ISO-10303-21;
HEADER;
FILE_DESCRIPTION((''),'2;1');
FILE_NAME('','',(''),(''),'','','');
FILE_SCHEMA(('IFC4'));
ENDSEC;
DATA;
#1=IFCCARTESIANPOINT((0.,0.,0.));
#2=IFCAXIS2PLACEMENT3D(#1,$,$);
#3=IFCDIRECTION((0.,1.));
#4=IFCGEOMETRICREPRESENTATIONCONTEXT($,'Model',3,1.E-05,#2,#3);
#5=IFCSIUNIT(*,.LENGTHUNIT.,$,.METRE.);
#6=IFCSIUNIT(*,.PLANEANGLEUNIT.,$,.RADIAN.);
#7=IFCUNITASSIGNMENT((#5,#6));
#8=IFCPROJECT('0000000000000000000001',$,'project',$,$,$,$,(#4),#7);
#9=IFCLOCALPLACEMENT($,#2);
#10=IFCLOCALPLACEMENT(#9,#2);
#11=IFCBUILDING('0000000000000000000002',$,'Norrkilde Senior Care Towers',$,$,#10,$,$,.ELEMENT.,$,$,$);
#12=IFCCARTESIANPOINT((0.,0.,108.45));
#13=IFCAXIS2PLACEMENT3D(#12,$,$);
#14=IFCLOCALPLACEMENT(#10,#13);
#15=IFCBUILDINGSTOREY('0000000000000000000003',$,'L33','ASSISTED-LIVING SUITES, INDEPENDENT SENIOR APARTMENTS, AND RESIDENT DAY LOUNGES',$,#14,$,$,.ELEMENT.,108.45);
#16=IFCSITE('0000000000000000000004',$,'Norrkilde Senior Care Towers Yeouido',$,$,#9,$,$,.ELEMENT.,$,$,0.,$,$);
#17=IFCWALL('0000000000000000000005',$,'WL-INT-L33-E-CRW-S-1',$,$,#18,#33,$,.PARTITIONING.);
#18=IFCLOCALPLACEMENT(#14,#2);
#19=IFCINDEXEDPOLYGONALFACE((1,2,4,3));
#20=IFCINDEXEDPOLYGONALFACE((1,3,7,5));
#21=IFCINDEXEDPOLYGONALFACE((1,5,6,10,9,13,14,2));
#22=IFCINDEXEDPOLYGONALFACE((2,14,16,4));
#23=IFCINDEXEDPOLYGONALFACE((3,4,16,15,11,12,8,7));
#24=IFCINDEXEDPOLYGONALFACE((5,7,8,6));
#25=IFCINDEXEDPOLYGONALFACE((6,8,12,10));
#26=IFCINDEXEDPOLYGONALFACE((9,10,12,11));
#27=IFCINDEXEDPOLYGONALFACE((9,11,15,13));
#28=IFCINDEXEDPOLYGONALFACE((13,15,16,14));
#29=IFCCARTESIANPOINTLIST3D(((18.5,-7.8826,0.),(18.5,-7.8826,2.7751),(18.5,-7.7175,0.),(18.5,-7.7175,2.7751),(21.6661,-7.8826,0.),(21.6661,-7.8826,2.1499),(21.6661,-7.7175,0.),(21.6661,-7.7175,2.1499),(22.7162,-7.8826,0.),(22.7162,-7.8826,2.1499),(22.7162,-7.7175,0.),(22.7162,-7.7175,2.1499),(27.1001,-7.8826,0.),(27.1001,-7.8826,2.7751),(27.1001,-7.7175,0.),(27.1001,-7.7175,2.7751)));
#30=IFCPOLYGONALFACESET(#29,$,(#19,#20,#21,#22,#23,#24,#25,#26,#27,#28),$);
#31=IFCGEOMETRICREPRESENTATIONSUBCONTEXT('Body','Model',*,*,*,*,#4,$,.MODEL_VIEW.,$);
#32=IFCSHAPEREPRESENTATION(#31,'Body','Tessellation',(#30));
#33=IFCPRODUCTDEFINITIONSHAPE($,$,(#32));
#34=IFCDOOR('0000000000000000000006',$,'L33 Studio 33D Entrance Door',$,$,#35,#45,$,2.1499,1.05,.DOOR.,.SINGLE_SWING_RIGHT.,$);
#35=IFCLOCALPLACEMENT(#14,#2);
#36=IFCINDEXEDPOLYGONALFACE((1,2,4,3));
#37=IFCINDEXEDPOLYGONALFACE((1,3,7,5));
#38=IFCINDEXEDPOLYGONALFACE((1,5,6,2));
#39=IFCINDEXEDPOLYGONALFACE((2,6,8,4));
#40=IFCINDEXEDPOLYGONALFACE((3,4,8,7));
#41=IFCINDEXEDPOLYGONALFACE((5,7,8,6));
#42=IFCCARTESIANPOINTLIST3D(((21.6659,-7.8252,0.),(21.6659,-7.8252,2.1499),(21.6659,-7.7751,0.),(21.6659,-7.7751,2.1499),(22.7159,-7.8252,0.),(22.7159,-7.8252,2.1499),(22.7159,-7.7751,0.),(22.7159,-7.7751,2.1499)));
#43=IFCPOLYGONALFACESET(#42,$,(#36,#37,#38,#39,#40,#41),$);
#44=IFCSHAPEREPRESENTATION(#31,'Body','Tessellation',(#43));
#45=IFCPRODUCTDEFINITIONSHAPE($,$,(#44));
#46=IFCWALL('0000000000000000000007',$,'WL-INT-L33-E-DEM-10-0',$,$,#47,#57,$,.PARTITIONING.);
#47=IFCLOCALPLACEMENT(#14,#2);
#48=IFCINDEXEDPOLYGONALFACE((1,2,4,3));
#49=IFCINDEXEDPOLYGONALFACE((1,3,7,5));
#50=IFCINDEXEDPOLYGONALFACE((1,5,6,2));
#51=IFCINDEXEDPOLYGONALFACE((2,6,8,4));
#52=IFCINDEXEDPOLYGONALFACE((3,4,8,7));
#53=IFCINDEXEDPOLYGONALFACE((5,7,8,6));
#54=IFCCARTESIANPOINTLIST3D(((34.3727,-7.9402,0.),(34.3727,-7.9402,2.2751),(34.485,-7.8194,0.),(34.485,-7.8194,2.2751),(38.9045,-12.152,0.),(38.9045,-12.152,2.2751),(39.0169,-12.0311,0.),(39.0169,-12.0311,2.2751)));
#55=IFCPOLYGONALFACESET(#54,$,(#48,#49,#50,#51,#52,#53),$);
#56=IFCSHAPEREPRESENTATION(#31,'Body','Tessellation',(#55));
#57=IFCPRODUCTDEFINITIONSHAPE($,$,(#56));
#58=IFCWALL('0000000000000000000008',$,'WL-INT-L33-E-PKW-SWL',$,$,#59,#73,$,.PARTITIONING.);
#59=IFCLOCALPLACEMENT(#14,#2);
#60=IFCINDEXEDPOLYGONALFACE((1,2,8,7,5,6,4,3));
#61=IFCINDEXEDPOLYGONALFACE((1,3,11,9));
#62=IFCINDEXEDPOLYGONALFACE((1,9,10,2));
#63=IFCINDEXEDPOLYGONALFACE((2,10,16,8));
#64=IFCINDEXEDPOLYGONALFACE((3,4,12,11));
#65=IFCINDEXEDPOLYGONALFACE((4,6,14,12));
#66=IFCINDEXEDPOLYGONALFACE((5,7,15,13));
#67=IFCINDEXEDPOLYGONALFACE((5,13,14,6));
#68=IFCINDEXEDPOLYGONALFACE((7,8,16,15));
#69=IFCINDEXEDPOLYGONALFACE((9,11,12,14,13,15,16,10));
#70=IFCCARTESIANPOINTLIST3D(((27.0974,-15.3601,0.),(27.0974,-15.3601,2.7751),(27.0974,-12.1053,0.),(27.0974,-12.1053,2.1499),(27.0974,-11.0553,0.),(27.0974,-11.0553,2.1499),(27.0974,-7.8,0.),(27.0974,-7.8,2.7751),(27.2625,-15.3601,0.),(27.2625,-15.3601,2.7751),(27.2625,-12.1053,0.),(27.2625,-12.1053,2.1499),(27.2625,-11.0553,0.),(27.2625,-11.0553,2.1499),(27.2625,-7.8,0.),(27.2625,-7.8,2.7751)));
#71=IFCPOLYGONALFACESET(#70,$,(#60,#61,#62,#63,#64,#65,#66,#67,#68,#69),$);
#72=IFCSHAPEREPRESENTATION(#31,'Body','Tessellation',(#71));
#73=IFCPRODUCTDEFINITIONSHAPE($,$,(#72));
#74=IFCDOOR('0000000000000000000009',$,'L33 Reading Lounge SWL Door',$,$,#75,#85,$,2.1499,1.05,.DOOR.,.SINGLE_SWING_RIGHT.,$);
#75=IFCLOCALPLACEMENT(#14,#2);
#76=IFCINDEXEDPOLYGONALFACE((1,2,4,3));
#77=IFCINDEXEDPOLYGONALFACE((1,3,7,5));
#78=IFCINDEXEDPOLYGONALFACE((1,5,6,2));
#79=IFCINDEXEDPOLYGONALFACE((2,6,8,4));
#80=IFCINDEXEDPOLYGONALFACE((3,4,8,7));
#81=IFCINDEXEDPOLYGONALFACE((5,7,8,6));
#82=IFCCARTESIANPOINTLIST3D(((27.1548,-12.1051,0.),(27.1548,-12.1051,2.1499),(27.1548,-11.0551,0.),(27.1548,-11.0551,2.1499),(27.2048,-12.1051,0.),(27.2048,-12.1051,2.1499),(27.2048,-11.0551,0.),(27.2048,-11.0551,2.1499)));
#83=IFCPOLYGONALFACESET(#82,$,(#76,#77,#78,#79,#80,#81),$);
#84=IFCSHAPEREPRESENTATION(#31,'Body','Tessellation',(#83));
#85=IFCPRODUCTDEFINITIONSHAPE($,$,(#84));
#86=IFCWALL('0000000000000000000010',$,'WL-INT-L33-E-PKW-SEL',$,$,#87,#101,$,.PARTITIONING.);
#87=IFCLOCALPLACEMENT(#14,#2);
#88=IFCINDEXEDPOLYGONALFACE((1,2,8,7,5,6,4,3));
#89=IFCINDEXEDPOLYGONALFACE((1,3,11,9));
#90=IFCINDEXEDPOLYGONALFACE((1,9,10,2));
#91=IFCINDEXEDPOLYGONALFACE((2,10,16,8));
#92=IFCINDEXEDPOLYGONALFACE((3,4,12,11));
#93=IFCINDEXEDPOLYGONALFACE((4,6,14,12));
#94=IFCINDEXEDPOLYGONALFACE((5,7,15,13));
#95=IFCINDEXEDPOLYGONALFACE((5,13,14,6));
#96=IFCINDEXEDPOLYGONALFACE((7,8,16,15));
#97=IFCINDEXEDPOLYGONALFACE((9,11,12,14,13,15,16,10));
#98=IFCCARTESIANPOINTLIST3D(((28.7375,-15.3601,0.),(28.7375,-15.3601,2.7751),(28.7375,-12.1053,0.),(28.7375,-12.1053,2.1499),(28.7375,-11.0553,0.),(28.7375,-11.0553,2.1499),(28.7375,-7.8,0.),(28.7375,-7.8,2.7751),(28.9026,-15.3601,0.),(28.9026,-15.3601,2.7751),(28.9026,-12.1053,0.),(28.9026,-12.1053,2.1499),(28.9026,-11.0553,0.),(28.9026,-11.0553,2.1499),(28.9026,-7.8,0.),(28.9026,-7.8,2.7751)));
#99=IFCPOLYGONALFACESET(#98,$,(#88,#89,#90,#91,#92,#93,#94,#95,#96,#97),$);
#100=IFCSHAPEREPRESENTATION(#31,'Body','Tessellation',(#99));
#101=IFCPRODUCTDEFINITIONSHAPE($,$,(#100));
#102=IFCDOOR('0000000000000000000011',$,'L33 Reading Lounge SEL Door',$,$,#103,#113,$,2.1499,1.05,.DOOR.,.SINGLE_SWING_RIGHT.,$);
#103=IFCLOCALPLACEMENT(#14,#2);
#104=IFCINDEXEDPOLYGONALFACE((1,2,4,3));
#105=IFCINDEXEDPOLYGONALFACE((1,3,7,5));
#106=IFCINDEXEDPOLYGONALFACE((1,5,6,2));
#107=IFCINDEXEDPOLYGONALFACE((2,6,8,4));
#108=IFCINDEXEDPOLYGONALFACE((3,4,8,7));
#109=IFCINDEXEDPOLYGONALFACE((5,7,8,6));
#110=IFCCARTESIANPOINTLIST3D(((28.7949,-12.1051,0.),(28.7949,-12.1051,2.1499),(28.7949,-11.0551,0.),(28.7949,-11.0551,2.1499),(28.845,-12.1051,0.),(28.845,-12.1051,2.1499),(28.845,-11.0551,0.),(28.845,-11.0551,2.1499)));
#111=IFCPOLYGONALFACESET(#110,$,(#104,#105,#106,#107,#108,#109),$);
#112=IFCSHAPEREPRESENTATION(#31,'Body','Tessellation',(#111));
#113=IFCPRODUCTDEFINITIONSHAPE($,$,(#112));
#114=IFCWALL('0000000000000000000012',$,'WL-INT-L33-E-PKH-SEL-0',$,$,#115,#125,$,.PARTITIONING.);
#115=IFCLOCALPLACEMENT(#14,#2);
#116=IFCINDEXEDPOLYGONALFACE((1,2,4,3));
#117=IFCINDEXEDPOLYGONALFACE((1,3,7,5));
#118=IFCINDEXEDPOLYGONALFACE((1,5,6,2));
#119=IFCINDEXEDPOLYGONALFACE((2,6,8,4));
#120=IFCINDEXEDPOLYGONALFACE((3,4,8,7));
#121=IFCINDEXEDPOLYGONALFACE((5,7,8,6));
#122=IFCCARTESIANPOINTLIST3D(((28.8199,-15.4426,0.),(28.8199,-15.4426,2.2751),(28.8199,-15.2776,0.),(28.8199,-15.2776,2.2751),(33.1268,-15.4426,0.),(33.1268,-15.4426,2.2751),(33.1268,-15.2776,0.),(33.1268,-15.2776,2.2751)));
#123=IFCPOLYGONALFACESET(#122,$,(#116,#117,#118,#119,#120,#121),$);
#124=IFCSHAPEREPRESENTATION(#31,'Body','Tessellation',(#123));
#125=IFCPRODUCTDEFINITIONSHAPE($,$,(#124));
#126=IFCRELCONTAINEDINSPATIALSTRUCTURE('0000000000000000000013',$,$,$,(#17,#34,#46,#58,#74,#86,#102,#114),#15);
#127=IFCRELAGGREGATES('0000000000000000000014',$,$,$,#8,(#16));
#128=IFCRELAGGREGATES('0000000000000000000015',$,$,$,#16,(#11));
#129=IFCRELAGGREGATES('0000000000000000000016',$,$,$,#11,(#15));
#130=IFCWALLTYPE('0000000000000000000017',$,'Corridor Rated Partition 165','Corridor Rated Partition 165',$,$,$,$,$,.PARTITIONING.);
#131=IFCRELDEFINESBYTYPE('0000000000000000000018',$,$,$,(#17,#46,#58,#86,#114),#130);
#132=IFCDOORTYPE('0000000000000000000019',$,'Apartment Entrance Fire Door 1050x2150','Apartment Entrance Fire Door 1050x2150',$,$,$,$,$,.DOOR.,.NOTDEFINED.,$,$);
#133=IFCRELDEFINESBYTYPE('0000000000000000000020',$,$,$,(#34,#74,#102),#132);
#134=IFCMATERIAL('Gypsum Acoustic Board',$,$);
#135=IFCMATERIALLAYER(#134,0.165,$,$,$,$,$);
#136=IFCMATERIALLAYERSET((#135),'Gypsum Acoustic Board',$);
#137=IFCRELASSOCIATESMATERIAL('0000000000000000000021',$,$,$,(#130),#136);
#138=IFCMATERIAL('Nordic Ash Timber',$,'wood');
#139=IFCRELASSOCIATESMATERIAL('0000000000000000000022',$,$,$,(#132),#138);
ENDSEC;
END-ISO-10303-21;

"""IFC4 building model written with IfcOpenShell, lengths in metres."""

from ifc_helpers import new_model, si_unit, direction, frame, frame_2d, origin, place, context, subcontext, project, spatial, rectangle, extrude, source, transform, mapped, material, layer, layer_set, type_object, type_shapes, element, fill, save


model = new_model("IFC4")

# Units and contexts
model_context = context("Model", 3, precision=1e-05, world=origin(), true_north=direction((0.0, 1.0)))
body_context = subcontext(model_context, "Body", "Model", "MODEL_VIEW")
ifc_project = project(units=[si_unit("LENGTHUNIT", "METRE"), si_unit("PLANEANGLEUNIT", "RADIAN")], contexts=[model_context])

# Site, building, storey
site_placement = place(None, origin())
site = spatial("IfcSite", under=ifc_project, at=site_placement, Name="Norrkilde Senior Care Towers Yeouido", CompositionType="ELEMENT", RefElevation=0.0)
building_placement = place(site_placement, origin())
building = spatial("IfcBuilding", under=site, at=building_placement, Name="Norrkilde Senior Care Towers", CompositionType="ELEMENT")
storey_placement = place(building_placement, frame((0.0, 0.0, 108.45)))
storey = spatial("IfcBuildingStorey", under=building, at=storey_placement, Name="L33", Description="ASSISTED-LIVING SUITES, INDEPENDENT SENIOR APARTMENTS, AND RESIDENT DAY LOUNGES", CompositionType="ELEMENT", Elevation=108.45)

# Shared definitions
ifc_material_1 = material(Name="Gypsum Acoustic Board")

# Wall, opening, door
ifc_layer_1 = layer(ifc_material_1, 0.165)
ifc_layer_set_1 = layer_set([ifc_layer_1], Name="Gypsum Acoustic Board")
wall_type_1 = type_object("IfcWallType", Name="Corridor Rated Partition 165", Description="Corridor Rated Partition 165", PredefinedType="PARTITIONING", material=ifc_layer_set_1)
shared_shape_1 = source(origin(), body_context, "Body", "SweptSolid", [
    extrude(rectangle(XDim=8.6001, YDim=0.165, at=frame_2d((4.3, 0.0))), origin(), (0.0, 0.0, 1.0), 2.7751),
])
wall_1_placement = place(storey_placement, frame((27.1001, -7.8, 0.0), z_axis=(0.0, 0.0, 1.0), x_axis=(-1.0, 0.0, 0.0)))
wall_1 = element("IfcWall", 1, at=wall_1_placement, inside=storey, type_object=wall_type_1, Name="WL-INT-L33-E-CRW-S-1", PredefinedType="PARTITIONING", context=body_context, shape_type="MappedRepresentation", body=[
    mapped(shared_shape_1, transform((0.0, 0.0, 0.0), x_axis=(1.0, 0.0, 0.0), y_axis=(0.0, 1.0, 0.0), z_axis=(0.0, 0.0, 1.0), scale=1.0)),
])
opening_1_placement = place(wall_1_placement, frame((4.384, 0.0, 0.0)))
opening_1 = element("IfcOpeningElement", 2, at=opening_1_placement, cuts=wall_1, PredefinedType="OPENING", context=body_context, shape_type="SweptSolid", body=[
    extrude(rectangle(XDim=1.05, YDim=2.1499, at=frame_2d((0.5249, 1.075))), frame((0.0, 0.0925, 0.0), z_axis=(0.0, -1.0, 0.0), x_axis=(1.0, 0.0, 0.0)), (0.0, 0.0, 1.0), 0.1851),
])
ifc_material_2 = material(Name="Nordic Ash Timber", Category="wood")
door_type_1 = type_object("IfcDoorType", Name="Apartment Entrance Fire Door 1050x2150", Description="Apartment Entrance Fire Door 1050x2150", OperationType="NOTDEFINED", PredefinedType="DOOR", material=ifc_material_2)
shared_shape_2 = source(origin(), body_context, "Body", "SweptSolid", [
    extrude(rectangle(XDim=1.05, YDim=2.1499, at=frame_2d((0.5249, 1.075))), frame((0.0, 0.0249, 0.0), z_axis=(0.0, -1.0, 0.0), x_axis=(1.0, 0.0, 0.0)), (0.0, 0.0, 1.0), 0.05),
])
type_shapes(door_type_1, [shared_shape_2])
door_1_placement = place(opening_1_placement, frame((1.05, 0.0, 0.0), z_axis=(0.0, 0.0, 1.0), x_axis=(-1.0, 0.0, 0.0)))
door_1 = element("IfcDoor", 3, at=door_1_placement, inside=storey, type_object=door_type_1, Name="L33 Studio 33D Entrance Door", OperationType="SINGLE_SWING_RIGHT", OverallHeight=2.1499, OverallWidth=1.05, PredefinedType="DOOR", context=body_context, shape_type="MappedRepresentation", body=[
    mapped(shared_shape_2, transform((0.0, 0.0, 0.0), x_axis=(1.0, 0.0, 0.0), y_axis=(0.0, 1.0, 0.0), z_axis=(0.0, 0.0, 1.0), scale=1.0)),
])
fill(opening_1, door_1)

# Wall
shared_shape_3 = source(origin(), body_context, "Body", "SweptSolid", [
    extrude(rectangle(XDim=6.1868, YDim=0.165, at=frame_2d((3.0933, 0.0))), origin(), (0.0, 0.0, 1.0), 2.2751),
])
wall_2_placement = place(storey_placement, frame((34.429, -7.8799, 0.0), z_axis=(0.0, 0.0, 1.0), x_axis=(0.732501, -0.680766, 0.0)))
element("IfcWall", 4, at=wall_2_placement, inside=storey, type_object=wall_type_1, Name="WL-INT-L33-E-DEM-10-0", PredefinedType="PARTITIONING", context=body_context, shape_type="MappedRepresentation", body=[
    mapped(shared_shape_3, transform((0.0, 0.0, 0.0), x_axis=(1.0, 0.0, 0.0), y_axis=(0.0, 1.0, 0.0), z_axis=(0.0, 0.0, 1.0), scale=1.0)),
])

# Walls, openings, doors
shared_shape_4 = source(origin(), body_context, "Body", "SweptSolid", [
    extrude(rectangle(XDim=7.5601, YDim=0.165, at=frame_2d((3.78, 0.0))), origin(), (0.0, 0.0, 1.0), 2.7751),
])
wall_3_placement = place(storey_placement, frame((27.1799, -15.3601, 0.0), z_axis=(0.0, 0.0, 1.0), x_axis=(0.0, 1.0, 0.0)))
wall_3 = element("IfcWall", 5, at=wall_3_placement, inside=storey, type_object=wall_type_1, Name="WL-INT-L33-E-PKW-SWL", PredefinedType="PARTITIONING", context=body_context, shape_type="MappedRepresentation", body=[
    mapped(shared_shape_4, transform((0.0, 0.0, 0.0), x_axis=(1.0, 0.0, 0.0), y_axis=(0.0, 1.0, 0.0), z_axis=(0.0, 0.0, 1.0), scale=1.0)),
])
opening_2_placement = place(wall_3_placement, frame((3.2549, 0.0, 0.0)))
opening_2 = element("IfcOpeningElement", 6, at=opening_2_placement, cuts=wall_3, PredefinedType="OPENING", context=body_context, shape_type="SweptSolid", body=[
    extrude(rectangle(XDim=1.05, YDim=2.1499, at=frame_2d((0.5249, 1.075))), frame((0.0, 0.0925, 0.0), z_axis=(0.0, -1.0, 0.0), x_axis=(1.0, 0.0, 0.0)), (0.0, 0.0, 1.0), 0.1851),
])
door_2_placement = place(opening_2_placement, frame((1.05, 0.0, 0.0), z_axis=(0.0, 0.0, 1.0), x_axis=(-1.0, 0.0, 0.0)))
door_2 = element("IfcDoor", 7, at=door_2_placement, inside=storey, type_object=door_type_1, Name="L33 Reading Lounge SWL Door", OperationType="SINGLE_SWING_RIGHT", OverallHeight=2.1499, OverallWidth=1.05, PredefinedType="DOOR", context=body_context, shape_type="MappedRepresentation", body=[
    mapped(shared_shape_2, transform((0.0, 0.0, 0.0), x_axis=(1.0, 0.0, 0.0), y_axis=(0.0, 1.0, 0.0), z_axis=(0.0, 0.0, 1.0), scale=1.0)),
])
fill(opening_2, door_2)
wall_4_placement = place(storey_placement, frame((28.8201, -15.3601, 0.0), z_axis=(0.0, 0.0, 1.0), x_axis=(0.0, 1.0, 0.0)))
wall_4 = element("IfcWall", 8, at=wall_4_placement, inside=storey, type_object=wall_type_1, Name="WL-INT-L33-E-PKW-SEL", PredefinedType="PARTITIONING", context=body_context, shape_type="MappedRepresentation", body=[
    mapped(shared_shape_4, transform((0.0, 0.0, 0.0), x_axis=(1.0, 0.0, 0.0), y_axis=(0.0, 1.0, 0.0), z_axis=(0.0, 0.0, 1.0), scale=1.0)),
])
opening_3_placement = place(wall_4_placement, frame((3.2549, 0.0, 0.0)))
opening_3 = element("IfcOpeningElement", 9, at=opening_3_placement, cuts=wall_4, PredefinedType="OPENING", context=body_context, shape_type="SweptSolid", body=[
    extrude(rectangle(XDim=1.05, YDim=2.1499, at=frame_2d((0.5249, 1.075))), frame((0.0, 0.0925, 0.0), z_axis=(0.0, -1.0, 0.0), x_axis=(1.0, 0.0, 0.0)), (0.0, 0.0, 1.0), 0.1851),
])
door_3_placement = place(opening_3_placement, frame((1.05, 0.0, 0.0), z_axis=(0.0, 0.0, 1.0), x_axis=(-1.0, 0.0, 0.0)))
door_3 = element("IfcDoor", 10, at=door_3_placement, inside=storey, type_object=door_type_1, Name="L33 Reading Lounge SEL Door", OperationType="SINGLE_SWING_RIGHT", OverallHeight=2.1499, OverallWidth=1.05, PredefinedType="DOOR", context=body_context, shape_type="MappedRepresentation", body=[
    mapped(shared_shape_2, transform((0.0, 0.0, 0.0), x_axis=(1.0, 0.0, 0.0), y_axis=(0.0, 1.0, 0.0), z_axis=(0.0, 0.0, 1.0), scale=1.0)),
])
fill(opening_3, door_3)

# Wall
shared_shape_5 = source(origin(), body_context, "Body", "SweptSolid", [
    extrude(rectangle(XDim=4.3069, YDim=0.165, at=frame_2d((2.1533, 0.0))), origin(), (0.0, 0.0, 1.0), 2.2751),
])
type_shapes(wall_type_1, [shared_shape_1, shared_shape_3, shared_shape_4, shared_shape_5])
wall_5_placement = place(storey_placement, frame((28.8201, -15.3601, 0.0), z_axis=(0.0, 0.0, 1.0), x_axis=(1.0, 0.0, 0.0)))
element("IfcWall", 11, at=wall_5_placement, inside=storey, type_object=wall_type_1, Name="WL-INT-L33-E-PKH-SEL-0", PredefinedType="PARTITIONING", context=body_context, shape_type="MappedRepresentation", body=[
    mapped(shared_shape_5, transform((0.0, 0.0, 0.0), x_axis=(1.0, 0.0, 0.0), y_axis=(0.0, 1.0, 0.0), z_axis=(0.0, 0.0, 1.0), scale=1.0)),
])

save(model, "model.ifc")
